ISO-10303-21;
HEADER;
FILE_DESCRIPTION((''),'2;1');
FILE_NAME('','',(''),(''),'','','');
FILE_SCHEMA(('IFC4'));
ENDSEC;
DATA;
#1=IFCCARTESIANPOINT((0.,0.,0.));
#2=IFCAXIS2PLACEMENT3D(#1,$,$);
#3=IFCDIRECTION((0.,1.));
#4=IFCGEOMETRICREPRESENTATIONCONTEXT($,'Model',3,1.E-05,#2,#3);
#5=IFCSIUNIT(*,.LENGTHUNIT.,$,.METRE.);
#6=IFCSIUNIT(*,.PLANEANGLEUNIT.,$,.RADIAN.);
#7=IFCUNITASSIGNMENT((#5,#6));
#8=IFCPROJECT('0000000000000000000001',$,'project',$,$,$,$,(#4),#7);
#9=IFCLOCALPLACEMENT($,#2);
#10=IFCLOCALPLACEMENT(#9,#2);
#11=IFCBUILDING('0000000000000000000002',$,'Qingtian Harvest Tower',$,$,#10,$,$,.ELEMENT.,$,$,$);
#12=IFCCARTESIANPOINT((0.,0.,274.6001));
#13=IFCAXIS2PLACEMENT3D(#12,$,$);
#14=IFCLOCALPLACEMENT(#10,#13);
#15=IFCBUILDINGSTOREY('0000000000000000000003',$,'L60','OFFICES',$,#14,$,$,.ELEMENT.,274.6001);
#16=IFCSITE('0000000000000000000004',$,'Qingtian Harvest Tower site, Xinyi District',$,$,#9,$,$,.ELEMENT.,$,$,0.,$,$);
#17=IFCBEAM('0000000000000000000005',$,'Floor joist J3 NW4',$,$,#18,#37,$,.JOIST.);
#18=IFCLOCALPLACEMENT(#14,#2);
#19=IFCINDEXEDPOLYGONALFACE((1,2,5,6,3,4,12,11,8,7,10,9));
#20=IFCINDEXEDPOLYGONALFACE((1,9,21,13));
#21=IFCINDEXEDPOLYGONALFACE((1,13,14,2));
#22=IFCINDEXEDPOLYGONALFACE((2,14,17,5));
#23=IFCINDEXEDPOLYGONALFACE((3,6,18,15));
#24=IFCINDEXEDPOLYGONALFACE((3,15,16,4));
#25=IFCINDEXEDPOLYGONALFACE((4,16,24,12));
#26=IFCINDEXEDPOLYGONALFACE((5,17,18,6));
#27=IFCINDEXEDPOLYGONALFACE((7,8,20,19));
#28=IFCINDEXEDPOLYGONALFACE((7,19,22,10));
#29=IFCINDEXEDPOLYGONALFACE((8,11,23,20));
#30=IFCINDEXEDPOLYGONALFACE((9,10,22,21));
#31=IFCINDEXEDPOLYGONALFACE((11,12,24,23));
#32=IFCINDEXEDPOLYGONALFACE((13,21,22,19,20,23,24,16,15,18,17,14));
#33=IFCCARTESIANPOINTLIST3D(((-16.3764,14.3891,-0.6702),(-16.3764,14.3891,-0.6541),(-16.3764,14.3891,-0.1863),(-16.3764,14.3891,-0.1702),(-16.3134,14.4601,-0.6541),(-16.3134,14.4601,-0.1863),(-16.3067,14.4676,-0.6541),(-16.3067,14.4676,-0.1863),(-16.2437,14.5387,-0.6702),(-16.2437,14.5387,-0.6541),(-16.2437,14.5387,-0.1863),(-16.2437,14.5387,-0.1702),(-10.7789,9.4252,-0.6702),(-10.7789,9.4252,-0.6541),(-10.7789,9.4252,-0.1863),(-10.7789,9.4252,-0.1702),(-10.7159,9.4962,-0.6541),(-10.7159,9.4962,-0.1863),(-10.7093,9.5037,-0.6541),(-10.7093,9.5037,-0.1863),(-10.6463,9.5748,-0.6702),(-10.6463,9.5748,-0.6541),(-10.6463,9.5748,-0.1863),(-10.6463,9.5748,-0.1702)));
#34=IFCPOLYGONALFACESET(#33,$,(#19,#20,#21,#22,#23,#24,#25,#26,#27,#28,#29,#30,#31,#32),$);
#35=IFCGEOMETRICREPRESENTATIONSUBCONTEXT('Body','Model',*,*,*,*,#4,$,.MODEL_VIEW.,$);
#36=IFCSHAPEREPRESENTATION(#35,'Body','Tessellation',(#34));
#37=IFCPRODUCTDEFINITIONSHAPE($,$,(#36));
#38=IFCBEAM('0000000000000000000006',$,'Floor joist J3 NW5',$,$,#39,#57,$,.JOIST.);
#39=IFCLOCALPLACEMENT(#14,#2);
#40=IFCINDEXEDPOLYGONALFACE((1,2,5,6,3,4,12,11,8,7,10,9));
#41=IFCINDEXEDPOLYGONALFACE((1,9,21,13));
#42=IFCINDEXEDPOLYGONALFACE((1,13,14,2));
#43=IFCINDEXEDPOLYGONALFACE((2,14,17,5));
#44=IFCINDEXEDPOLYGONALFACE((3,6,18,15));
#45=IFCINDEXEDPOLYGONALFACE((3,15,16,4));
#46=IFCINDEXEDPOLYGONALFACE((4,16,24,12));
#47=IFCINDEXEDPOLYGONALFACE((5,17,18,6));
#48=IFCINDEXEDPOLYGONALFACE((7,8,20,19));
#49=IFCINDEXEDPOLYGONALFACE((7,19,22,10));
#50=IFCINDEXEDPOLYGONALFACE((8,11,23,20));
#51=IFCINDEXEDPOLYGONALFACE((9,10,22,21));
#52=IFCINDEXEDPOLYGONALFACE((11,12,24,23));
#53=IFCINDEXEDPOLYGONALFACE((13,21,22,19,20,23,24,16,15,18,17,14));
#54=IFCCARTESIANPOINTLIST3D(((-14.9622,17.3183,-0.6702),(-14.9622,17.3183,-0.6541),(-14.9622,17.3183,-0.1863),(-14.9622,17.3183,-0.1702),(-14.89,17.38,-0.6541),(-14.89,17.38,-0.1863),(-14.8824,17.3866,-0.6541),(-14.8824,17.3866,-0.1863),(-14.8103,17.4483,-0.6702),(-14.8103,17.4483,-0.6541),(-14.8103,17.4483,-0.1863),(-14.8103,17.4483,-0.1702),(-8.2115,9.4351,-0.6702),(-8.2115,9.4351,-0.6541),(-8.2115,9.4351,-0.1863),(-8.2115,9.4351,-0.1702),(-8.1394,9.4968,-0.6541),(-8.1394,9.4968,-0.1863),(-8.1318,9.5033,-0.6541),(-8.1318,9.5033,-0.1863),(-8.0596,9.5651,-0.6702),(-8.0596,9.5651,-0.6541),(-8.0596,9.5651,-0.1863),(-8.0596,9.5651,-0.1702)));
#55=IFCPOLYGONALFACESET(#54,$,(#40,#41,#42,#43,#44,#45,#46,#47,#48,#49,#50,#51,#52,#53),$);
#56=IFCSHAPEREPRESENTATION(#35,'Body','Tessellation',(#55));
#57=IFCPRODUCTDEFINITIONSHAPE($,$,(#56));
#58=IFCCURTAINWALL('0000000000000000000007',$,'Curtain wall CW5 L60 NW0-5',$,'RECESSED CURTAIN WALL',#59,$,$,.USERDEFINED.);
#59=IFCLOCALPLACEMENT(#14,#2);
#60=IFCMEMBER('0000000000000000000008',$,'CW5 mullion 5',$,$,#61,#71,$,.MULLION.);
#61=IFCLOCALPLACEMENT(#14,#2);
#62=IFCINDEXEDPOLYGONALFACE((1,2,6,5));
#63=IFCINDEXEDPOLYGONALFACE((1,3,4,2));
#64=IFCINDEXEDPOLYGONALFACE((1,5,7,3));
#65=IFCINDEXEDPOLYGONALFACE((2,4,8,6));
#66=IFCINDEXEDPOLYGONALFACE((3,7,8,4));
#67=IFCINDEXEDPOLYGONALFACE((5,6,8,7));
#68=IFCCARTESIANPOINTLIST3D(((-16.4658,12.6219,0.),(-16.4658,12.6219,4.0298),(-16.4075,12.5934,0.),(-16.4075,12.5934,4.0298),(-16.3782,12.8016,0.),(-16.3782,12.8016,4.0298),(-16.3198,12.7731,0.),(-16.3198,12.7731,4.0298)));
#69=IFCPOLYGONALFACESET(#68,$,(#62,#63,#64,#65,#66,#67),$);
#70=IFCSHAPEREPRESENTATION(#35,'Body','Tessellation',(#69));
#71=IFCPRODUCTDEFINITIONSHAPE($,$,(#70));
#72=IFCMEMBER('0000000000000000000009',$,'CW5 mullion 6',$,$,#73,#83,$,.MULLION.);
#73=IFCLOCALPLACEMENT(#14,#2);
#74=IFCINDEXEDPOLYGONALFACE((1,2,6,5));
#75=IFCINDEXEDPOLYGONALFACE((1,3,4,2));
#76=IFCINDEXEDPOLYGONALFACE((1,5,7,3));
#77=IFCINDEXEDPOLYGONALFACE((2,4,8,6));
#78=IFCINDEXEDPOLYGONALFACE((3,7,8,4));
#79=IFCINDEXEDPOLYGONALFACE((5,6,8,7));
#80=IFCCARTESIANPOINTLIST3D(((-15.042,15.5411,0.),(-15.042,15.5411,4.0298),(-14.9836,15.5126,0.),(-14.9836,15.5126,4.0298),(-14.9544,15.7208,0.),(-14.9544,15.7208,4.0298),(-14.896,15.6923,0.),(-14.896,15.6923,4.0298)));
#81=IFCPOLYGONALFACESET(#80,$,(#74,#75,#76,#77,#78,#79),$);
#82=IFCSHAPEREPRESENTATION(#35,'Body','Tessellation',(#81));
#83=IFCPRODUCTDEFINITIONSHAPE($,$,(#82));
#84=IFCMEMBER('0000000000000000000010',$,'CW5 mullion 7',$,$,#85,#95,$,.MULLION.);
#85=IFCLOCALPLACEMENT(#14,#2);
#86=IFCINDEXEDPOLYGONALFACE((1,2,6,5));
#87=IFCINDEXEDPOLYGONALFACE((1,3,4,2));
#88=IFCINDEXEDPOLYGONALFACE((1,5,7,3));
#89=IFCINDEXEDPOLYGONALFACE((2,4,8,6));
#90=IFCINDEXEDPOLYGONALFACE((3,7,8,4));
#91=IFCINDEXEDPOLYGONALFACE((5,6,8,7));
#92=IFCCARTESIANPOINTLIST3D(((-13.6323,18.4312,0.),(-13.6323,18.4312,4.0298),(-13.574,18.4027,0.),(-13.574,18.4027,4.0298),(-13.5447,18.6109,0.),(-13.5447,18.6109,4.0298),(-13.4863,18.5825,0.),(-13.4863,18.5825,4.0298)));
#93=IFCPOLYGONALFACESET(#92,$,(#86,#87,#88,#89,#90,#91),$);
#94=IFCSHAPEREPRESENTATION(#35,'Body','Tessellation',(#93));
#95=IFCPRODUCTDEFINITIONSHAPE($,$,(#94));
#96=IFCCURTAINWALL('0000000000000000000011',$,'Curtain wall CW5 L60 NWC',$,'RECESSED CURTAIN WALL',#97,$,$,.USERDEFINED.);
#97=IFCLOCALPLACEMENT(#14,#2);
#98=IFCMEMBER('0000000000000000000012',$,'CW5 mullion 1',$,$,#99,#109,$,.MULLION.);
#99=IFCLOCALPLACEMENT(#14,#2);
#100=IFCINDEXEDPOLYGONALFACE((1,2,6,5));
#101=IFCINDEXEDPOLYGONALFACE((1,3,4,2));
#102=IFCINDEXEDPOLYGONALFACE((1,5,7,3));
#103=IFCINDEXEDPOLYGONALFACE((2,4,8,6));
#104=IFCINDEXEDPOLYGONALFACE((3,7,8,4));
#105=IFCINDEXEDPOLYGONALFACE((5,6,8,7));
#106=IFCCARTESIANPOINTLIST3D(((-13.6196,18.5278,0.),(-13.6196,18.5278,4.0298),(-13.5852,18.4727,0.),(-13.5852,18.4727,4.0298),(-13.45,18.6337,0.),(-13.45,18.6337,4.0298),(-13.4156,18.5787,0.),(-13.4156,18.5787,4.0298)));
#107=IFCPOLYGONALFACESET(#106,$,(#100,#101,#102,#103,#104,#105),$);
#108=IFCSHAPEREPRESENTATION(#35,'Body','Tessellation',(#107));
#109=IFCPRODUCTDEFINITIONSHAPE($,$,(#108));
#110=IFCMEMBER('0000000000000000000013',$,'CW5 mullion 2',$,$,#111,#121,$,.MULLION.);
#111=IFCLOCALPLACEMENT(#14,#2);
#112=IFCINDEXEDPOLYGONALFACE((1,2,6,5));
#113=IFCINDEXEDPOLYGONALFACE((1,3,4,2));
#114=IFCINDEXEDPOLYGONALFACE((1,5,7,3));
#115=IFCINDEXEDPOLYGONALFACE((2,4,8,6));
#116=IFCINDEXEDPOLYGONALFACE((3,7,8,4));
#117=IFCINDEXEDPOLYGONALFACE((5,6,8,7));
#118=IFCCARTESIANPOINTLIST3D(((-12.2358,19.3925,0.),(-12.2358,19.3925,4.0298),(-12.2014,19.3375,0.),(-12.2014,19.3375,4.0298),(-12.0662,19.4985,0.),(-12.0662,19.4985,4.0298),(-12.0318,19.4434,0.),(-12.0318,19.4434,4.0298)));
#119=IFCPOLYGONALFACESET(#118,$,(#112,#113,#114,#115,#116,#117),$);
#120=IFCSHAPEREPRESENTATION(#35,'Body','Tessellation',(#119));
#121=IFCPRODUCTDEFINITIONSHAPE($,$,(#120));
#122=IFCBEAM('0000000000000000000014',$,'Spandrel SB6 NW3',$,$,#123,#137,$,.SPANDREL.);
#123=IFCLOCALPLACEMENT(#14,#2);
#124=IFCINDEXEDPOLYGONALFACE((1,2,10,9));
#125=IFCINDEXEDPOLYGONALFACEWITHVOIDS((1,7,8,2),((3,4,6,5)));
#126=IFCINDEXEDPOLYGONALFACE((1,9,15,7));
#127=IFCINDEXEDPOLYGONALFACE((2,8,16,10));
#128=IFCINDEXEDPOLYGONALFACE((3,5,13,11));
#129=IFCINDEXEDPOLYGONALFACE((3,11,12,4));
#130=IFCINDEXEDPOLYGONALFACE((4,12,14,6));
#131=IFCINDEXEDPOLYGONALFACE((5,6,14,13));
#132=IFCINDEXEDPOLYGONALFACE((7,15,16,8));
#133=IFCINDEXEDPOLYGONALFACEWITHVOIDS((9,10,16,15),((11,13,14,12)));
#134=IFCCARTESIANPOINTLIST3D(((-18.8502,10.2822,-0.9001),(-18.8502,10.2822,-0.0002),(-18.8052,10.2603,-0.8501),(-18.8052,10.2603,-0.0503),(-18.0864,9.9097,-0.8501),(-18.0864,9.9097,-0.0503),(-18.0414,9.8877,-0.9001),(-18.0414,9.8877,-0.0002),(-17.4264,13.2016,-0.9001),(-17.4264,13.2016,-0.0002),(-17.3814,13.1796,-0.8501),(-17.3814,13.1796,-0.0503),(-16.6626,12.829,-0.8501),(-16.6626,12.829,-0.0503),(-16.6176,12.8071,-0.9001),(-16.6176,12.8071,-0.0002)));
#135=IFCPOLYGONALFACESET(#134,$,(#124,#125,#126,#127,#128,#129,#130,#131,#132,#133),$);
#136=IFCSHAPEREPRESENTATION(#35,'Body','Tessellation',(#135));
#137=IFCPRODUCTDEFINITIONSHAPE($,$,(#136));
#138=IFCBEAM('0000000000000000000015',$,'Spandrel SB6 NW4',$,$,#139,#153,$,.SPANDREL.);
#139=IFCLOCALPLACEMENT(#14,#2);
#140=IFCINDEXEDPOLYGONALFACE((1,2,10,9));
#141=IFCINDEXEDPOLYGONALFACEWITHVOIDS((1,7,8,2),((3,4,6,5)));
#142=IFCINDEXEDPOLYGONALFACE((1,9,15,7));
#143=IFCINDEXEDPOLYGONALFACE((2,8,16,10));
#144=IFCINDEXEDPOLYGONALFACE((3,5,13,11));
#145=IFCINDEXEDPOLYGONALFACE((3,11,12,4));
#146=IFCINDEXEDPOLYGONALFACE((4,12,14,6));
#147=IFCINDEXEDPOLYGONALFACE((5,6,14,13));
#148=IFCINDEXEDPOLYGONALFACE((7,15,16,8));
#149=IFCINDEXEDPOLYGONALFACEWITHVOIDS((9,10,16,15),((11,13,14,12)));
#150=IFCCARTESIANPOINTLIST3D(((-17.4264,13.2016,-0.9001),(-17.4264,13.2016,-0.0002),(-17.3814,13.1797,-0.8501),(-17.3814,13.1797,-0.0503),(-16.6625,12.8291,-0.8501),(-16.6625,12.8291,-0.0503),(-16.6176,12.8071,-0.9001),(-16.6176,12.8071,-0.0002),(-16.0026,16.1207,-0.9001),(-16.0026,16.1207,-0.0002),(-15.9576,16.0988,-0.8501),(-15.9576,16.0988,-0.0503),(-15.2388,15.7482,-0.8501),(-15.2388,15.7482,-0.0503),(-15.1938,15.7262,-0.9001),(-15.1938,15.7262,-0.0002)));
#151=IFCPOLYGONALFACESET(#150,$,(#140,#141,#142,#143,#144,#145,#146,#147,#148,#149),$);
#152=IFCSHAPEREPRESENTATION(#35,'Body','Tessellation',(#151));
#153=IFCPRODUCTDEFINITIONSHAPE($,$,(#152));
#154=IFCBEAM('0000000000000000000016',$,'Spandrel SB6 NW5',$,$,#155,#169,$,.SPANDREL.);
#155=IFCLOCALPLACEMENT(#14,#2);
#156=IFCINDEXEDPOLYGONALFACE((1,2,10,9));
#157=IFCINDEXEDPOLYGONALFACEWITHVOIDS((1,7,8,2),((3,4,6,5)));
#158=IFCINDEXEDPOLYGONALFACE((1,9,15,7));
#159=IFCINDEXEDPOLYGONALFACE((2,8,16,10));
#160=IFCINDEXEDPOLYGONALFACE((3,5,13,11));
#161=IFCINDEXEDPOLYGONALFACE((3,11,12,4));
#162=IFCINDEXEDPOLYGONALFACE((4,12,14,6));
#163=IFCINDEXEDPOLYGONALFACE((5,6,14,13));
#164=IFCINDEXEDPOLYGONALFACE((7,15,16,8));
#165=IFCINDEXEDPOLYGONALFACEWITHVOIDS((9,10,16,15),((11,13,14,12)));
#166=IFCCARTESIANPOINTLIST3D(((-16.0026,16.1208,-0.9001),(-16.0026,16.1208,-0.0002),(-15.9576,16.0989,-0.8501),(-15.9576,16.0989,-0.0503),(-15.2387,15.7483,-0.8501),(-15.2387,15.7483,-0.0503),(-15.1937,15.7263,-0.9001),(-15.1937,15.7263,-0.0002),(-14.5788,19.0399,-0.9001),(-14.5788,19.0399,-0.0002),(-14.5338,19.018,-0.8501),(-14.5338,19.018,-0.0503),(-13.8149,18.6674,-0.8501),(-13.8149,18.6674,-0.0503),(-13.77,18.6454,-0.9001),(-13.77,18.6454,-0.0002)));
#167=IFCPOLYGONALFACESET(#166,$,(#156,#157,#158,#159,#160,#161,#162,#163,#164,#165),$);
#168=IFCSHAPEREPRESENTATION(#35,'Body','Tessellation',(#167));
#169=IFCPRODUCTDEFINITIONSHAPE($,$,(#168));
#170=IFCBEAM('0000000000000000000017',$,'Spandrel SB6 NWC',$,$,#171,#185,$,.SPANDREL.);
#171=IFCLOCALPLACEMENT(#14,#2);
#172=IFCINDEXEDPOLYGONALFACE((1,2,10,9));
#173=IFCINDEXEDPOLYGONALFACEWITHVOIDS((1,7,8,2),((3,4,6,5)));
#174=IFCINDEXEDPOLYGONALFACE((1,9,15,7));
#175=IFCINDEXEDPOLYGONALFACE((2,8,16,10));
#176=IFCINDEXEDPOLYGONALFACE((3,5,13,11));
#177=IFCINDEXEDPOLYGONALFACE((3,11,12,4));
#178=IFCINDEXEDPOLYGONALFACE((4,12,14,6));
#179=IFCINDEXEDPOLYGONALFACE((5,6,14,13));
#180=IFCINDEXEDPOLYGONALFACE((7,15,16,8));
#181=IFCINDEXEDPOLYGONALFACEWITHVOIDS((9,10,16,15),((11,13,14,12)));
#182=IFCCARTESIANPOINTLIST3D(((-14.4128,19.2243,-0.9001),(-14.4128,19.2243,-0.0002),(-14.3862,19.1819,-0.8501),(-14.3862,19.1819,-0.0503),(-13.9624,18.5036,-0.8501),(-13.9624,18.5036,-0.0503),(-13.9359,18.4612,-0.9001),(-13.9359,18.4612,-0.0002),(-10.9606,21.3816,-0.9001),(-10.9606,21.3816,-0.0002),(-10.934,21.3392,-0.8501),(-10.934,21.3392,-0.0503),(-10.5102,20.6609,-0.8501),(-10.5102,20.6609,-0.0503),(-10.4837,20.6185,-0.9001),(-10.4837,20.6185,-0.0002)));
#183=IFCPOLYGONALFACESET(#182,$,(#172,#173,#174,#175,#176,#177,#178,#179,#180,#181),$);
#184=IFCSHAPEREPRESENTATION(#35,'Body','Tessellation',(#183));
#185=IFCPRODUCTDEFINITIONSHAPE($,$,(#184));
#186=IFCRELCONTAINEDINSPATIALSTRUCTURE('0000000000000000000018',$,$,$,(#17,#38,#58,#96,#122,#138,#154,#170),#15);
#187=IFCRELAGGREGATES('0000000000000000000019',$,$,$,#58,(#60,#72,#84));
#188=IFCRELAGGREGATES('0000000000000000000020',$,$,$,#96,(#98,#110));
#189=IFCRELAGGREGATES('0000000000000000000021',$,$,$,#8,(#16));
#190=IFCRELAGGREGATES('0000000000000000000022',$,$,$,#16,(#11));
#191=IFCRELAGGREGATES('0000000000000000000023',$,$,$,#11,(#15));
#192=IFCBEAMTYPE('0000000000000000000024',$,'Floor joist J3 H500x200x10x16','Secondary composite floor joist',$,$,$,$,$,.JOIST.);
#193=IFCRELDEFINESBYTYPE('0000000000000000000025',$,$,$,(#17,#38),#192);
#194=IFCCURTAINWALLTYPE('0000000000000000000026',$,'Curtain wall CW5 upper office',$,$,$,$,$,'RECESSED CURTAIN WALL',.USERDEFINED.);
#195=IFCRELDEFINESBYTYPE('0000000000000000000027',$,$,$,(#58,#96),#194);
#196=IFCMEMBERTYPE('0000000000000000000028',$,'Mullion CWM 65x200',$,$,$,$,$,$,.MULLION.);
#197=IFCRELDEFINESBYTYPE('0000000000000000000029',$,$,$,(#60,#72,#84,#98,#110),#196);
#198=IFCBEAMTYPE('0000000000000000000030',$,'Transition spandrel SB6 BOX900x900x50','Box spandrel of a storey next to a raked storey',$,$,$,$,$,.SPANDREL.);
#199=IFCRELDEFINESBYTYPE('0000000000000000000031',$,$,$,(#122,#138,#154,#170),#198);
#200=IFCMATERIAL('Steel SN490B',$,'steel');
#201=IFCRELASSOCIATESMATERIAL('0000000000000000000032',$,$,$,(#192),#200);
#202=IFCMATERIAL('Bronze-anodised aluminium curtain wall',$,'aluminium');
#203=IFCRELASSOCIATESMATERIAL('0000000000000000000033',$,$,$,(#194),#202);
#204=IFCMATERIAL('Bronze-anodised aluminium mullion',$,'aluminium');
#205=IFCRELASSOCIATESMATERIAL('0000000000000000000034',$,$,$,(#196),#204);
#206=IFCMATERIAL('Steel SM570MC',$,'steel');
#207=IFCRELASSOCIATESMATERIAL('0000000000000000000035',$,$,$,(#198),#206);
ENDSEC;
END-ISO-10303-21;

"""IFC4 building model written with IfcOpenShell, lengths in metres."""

from ifc_helpers import new_model, si_unit, direction, frame, origin, origin_2d, place, context, subcontext, project, spatial, rectangle, hollow_rectangle, i_section, extrude, material, material_profile, profile_set, type_object, element, aggregate, save


model = new_model("IFC4")

# Units and contexts
model_context = context("Model", 3, precision=1e-05, world=origin(), true_north=direction((0.0, 1.0)))
body_context = subcontext(model_context, "Body", "Model", "MODEL_VIEW")
ifc_project = project(units=[si_unit("LENGTHUNIT", "METRE"), si_unit("PLANEANGLEUNIT", "RADIAN")], contexts=[model_context])

# Site, building, storey
site_placement = place(None, origin())
site = spatial("IfcSite", under=ifc_project, at=site_placement, Name="Qingtian Harvest Tower site, Xinyi District", CompositionType="ELEMENT", RefElevation=0.0)
building_placement = place(site_placement, origin())
building = spatial("IfcBuilding", under=site, at=building_placement, Name="Qingtian Harvest Tower", CompositionType="ELEMENT")
storey_placement = place(building_placement, frame((0.0, 0.0, 274.6001)))
storey = spatial("IfcBuildingStorey", under=building, at=storey_placement, Name="L60", Description="OFFICES", CompositionType="ELEMENT", Elevation=274.6001)

# Beams
ifc_material_1 = material(Name="Steel SN490B", Category="steel")
ifc_material_profile_1 = material_profile(ifc_material_1, i_section(OverallWidth=0.2, OverallDepth=0.5, WebThickness=0.01, FlangeThickness=0.0161, at=origin_2d()), Name="H500x200x10x16")
ifc_profile_set_1 = profile_set([ifc_material_profile_1], Name="Steel SN490B")
beam_type_1 = type_object("IfcBeamType", Name="Floor joist J3 H500x200x10x16", Description="Secondary composite floor joist", PredefinedType="JOIST", material=ifc_profile_set_1)
beam_1_placement = place(storey_placement, frame((-16.3101, 14.4639, -0.4202), z_axis=(0.748179, -0.663496, 0.0), x_axis=(0.663496, 0.748179, 0.0)))
element("IfcBeam", 1, at=beam_1_placement, inside=storey, type_object=beam_type_1, Name="Floor joist J3 NW4", PredefinedType="JOIST", context=body_context, shape_type="SweptSolid", body=[
    extrude(i_section(OverallWidth=0.2, OverallDepth=0.5, WebThickness=0.01, FlangeThickness=0.0161, at=origin_2d()), origin(), (0.0, 0.0, 1.0), 7.4814),
])
beam_2_placement = place(storey_placement, frame((-14.8862, 17.3833, -0.4202), z_axis=(0.650437, -0.75956, 0.0), x_axis=(0.75956, 0.650437, 0.0)))
element("IfcBeam", 2, at=beam_2_placement, inside=storey, type_object=beam_type_1, Name="Floor joist J3 NW5", PredefinedType="JOIST", context=body_context, shape_type="SweptSolid", body=[
    extrude(i_section(OverallWidth=0.2, OverallDepth=0.5, WebThickness=0.01, FlangeThickness=0.0161, at=origin_2d()), origin(), (0.0, 0.0, 1.0), 10.3787),
])

# Curtain walls, members
ifc_material_2 = material(Name="Bronze-anodised aluminium curtain wall", Category="aluminium")
curtain_wall_type = type_object("IfcCurtainWallType", Name="Curtain wall CW5 upper office", ElementType="RECESSED CURTAIN WALL", PredefinedType="USERDEFINED", material=ifc_material_2)
curtain_wall_1_placement = place(storey_placement, origin())
curtain_wall_1 = element("IfcCurtainWall", 3, at=curtain_wall_1_placement, inside=storey, type_object=curtain_wall_type, Name="Curtain wall CW5 L60 NW0-5", ObjectType="RECESSED CURTAIN WALL", PredefinedType="USERDEFINED")
ifc_material_3 = material(Name="Bronze-anodised aluminium mullion", Category="aluminium")
ifc_material_profile_2 = material_profile(ifc_material_3, rectangle(XDim=0.0649, YDim=0.2, at=origin_2d()), Name="AL 65x200")
ifc_profile_set_2 = profile_set([ifc_material_profile_2], Name="Bronze-anodised aluminium mullion")
member_type_1 = type_object("IfcMemberType", Name="Mullion CWM 65x200", PredefinedType="MULLION", material=ifc_profile_set_2)
member_1_placement = place(storey_placement, frame((-16.3928, 12.6975, 0.0), z_axis=(0.0, 0.0, 1.0), x_axis=(-0.898794, 0.438371, 0.0)))
member_1 = element("IfcMember", 4, at=member_1_placement, type_object=member_type_1, Name="CW5 mullion 5", PredefinedType="MULLION", context=body_context, shape_type="SweptSolid", body=[
    extrude(rectangle(XDim=0.0649, YDim=0.2, at=origin_2d()), origin(), (0.0, 0.0, 1.0), 4.0298),
])
member_2_placement = place(storey_placement, frame((-14.969, 15.6167, 0.0), z_axis=(0.0, 0.0, 1.0), x_axis=(-0.898794, 0.438371, 0.0)))
member_2 = element("IfcMember", 5, at=member_2_placement, type_object=member_type_1, Name="CW5 mullion 6", PredefinedType="MULLION", context=body_context, shape_type="SweptSolid", body=[
    extrude(rectangle(XDim=0.0649, YDim=0.2, at=origin_2d()), origin(), (0.0, 0.0, 1.0), 4.0298),
])
member_3_placement = place(storey_placement, frame((-13.5593, 18.5068, 0.0), z_axis=(0.0, 0.0, 1.0), x_axis=(-0.898794, 0.438371, 0.0)))
member_3 = element("IfcMember", 6, at=member_3_placement, type_object=member_type_1, Name="CW5 mullion 7", PredefinedType="MULLION", context=body_context, shape_type="SweptSolid", body=[
    extrude(rectangle(XDim=0.0649, YDim=0.2, at=origin_2d()), origin(), (0.0, 0.0, 1.0), 4.0298),
])
curtain_wall_2_placement = place(storey_placement, origin())
curtain_wall_2 = element("IfcCurtainWall", 7, at=curtain_wall_2_placement, inside=storey, type_object=curtain_wall_type, Name="Curtain wall CW5 L60 NWC", ObjectType="RECESSED CURTAIN WALL", PredefinedType="USERDEFINED")
member_4_placement = place(storey_placement, frame((-13.5176, 18.5532, 0.0), z_axis=(0.0, 0.0, 1.0), x_axis=(-0.529919, 0.848048, 0.0)))
member_4 = element("IfcMember", 8, at=member_4_placement, type_object=member_type_1, Name="CW5 mullion 1", PredefinedType="MULLION", context=body_context, shape_type="SweptSolid", body=[
    extrude(rectangle(XDim=0.0649, YDim=0.2, at=origin_2d()), origin(), (0.0, 0.0, 1.0), 4.0298),
])
member_5_placement = place(storey_placement, frame((-12.1338, 19.418, 0.0), z_axis=(0.0, 0.0, 1.0), x_axis=(-0.529919, 0.848048, 0.0)))
member_5 = element("IfcMember", 9, at=member_5_placement, type_object=member_type_1, Name="CW5 mullion 2", PredefinedType="MULLION", context=body_context, shape_type="SweptSolid", body=[
    extrude(rectangle(XDim=0.0649, YDim=0.2, at=origin_2d()), origin(), (0.0, 0.0, 1.0), 4.0298),
])

# Beams
ifc_material_4 = material(Name="Steel SM570MC", Category="steel")
ifc_material_profile_3 = material_profile(ifc_material_4, hollow_rectangle(XDim=0.8999, YDim=0.8999, WallThickness=0.05, at=origin_2d()), Name="BOX900x900x50")
ifc_profile_set_3 = profile_set([ifc_material_profile_3], Name="Steel SM570MC")
beam_type_2 = type_object("IfcBeamType", Name="Transition spandrel SB6 BOX900x900x50", Description="Box spandrel of a storey next to a raked storey", PredefinedType="SPANDREL", material=ifc_profile_set_3)
beam_3_placement = place(storey_placement, frame((-18.4458, 10.085, -0.4502), z_axis=(0.438353, 0.898803, 0.0), x_axis=(-0.898803, 0.438353, 0.0)))
element("IfcBeam", 10, at=beam_3_placement, inside=storey, type_object=beam_type_2, Name="Spandrel SB6 NW3", PredefinedType="SPANDREL", context=body_context, shape_type="SweptSolid", body=[
    extrude(hollow_rectangle(XDim=0.8999, YDim=0.8999, WallThickness=0.05, at=origin_2d()), origin(), (0.0, 0.0, 1.0), 3.248),
])
for number, where, z_axis, x_axis, name in (
    (11, (-17.022, 13.0044, -0.4502), (0.438382, 0.898789, 0.0), (-0.898789, 0.438382, 0.0), "Spandrel SB6 NW4"),
    (12, (-15.5981, 15.9236, -0.4502), (0.438382, 0.898789, 0.0), (-0.898789, 0.438382, 0.0), "Spandrel SB6 NW5"),
):
    element("IfcBeam", number, at=place(storey_placement, frame(where, z_axis=z_axis, x_axis=x_axis)), inside=storey, type_object=beam_type_2, Name=name, PredefinedType="SPANDREL", context=body_context, shape_type="SweptSolid", body=[
        extrude(hollow_rectangle(XDim=0.8999, YDim=0.8999, WallThickness=0.05, at=origin_2d()), origin(), (0.0, 0.0, 1.0), 3.2478),
    ])
beam_4_placement = place(storey_placement, frame((-14.1743, 18.8428, -0.4502), z_axis=(0.848039, 0.529934, 0.0), x_axis=(-0.529934, 0.848039, 0.0)))
element("IfcBeam", 13, at=beam_4_placement, inside=storey, type_object=beam_type_2, Name="Spandrel SB6 NWC", PredefinedType="SPANDREL", context=body_context, shape_type="SweptSolid", body=[
    extrude(hollow_rectangle(XDim=0.8999, YDim=0.8999, WallThickness=0.05, at=origin_2d()), origin(), (0.0, 0.0, 1.0), 4.0708),
])

aggregate(curtain_wall_1, [member_1, member_2, member_3])
aggregate(curtain_wall_2, [member_4, member_5])

save(model, "model.ifc")
